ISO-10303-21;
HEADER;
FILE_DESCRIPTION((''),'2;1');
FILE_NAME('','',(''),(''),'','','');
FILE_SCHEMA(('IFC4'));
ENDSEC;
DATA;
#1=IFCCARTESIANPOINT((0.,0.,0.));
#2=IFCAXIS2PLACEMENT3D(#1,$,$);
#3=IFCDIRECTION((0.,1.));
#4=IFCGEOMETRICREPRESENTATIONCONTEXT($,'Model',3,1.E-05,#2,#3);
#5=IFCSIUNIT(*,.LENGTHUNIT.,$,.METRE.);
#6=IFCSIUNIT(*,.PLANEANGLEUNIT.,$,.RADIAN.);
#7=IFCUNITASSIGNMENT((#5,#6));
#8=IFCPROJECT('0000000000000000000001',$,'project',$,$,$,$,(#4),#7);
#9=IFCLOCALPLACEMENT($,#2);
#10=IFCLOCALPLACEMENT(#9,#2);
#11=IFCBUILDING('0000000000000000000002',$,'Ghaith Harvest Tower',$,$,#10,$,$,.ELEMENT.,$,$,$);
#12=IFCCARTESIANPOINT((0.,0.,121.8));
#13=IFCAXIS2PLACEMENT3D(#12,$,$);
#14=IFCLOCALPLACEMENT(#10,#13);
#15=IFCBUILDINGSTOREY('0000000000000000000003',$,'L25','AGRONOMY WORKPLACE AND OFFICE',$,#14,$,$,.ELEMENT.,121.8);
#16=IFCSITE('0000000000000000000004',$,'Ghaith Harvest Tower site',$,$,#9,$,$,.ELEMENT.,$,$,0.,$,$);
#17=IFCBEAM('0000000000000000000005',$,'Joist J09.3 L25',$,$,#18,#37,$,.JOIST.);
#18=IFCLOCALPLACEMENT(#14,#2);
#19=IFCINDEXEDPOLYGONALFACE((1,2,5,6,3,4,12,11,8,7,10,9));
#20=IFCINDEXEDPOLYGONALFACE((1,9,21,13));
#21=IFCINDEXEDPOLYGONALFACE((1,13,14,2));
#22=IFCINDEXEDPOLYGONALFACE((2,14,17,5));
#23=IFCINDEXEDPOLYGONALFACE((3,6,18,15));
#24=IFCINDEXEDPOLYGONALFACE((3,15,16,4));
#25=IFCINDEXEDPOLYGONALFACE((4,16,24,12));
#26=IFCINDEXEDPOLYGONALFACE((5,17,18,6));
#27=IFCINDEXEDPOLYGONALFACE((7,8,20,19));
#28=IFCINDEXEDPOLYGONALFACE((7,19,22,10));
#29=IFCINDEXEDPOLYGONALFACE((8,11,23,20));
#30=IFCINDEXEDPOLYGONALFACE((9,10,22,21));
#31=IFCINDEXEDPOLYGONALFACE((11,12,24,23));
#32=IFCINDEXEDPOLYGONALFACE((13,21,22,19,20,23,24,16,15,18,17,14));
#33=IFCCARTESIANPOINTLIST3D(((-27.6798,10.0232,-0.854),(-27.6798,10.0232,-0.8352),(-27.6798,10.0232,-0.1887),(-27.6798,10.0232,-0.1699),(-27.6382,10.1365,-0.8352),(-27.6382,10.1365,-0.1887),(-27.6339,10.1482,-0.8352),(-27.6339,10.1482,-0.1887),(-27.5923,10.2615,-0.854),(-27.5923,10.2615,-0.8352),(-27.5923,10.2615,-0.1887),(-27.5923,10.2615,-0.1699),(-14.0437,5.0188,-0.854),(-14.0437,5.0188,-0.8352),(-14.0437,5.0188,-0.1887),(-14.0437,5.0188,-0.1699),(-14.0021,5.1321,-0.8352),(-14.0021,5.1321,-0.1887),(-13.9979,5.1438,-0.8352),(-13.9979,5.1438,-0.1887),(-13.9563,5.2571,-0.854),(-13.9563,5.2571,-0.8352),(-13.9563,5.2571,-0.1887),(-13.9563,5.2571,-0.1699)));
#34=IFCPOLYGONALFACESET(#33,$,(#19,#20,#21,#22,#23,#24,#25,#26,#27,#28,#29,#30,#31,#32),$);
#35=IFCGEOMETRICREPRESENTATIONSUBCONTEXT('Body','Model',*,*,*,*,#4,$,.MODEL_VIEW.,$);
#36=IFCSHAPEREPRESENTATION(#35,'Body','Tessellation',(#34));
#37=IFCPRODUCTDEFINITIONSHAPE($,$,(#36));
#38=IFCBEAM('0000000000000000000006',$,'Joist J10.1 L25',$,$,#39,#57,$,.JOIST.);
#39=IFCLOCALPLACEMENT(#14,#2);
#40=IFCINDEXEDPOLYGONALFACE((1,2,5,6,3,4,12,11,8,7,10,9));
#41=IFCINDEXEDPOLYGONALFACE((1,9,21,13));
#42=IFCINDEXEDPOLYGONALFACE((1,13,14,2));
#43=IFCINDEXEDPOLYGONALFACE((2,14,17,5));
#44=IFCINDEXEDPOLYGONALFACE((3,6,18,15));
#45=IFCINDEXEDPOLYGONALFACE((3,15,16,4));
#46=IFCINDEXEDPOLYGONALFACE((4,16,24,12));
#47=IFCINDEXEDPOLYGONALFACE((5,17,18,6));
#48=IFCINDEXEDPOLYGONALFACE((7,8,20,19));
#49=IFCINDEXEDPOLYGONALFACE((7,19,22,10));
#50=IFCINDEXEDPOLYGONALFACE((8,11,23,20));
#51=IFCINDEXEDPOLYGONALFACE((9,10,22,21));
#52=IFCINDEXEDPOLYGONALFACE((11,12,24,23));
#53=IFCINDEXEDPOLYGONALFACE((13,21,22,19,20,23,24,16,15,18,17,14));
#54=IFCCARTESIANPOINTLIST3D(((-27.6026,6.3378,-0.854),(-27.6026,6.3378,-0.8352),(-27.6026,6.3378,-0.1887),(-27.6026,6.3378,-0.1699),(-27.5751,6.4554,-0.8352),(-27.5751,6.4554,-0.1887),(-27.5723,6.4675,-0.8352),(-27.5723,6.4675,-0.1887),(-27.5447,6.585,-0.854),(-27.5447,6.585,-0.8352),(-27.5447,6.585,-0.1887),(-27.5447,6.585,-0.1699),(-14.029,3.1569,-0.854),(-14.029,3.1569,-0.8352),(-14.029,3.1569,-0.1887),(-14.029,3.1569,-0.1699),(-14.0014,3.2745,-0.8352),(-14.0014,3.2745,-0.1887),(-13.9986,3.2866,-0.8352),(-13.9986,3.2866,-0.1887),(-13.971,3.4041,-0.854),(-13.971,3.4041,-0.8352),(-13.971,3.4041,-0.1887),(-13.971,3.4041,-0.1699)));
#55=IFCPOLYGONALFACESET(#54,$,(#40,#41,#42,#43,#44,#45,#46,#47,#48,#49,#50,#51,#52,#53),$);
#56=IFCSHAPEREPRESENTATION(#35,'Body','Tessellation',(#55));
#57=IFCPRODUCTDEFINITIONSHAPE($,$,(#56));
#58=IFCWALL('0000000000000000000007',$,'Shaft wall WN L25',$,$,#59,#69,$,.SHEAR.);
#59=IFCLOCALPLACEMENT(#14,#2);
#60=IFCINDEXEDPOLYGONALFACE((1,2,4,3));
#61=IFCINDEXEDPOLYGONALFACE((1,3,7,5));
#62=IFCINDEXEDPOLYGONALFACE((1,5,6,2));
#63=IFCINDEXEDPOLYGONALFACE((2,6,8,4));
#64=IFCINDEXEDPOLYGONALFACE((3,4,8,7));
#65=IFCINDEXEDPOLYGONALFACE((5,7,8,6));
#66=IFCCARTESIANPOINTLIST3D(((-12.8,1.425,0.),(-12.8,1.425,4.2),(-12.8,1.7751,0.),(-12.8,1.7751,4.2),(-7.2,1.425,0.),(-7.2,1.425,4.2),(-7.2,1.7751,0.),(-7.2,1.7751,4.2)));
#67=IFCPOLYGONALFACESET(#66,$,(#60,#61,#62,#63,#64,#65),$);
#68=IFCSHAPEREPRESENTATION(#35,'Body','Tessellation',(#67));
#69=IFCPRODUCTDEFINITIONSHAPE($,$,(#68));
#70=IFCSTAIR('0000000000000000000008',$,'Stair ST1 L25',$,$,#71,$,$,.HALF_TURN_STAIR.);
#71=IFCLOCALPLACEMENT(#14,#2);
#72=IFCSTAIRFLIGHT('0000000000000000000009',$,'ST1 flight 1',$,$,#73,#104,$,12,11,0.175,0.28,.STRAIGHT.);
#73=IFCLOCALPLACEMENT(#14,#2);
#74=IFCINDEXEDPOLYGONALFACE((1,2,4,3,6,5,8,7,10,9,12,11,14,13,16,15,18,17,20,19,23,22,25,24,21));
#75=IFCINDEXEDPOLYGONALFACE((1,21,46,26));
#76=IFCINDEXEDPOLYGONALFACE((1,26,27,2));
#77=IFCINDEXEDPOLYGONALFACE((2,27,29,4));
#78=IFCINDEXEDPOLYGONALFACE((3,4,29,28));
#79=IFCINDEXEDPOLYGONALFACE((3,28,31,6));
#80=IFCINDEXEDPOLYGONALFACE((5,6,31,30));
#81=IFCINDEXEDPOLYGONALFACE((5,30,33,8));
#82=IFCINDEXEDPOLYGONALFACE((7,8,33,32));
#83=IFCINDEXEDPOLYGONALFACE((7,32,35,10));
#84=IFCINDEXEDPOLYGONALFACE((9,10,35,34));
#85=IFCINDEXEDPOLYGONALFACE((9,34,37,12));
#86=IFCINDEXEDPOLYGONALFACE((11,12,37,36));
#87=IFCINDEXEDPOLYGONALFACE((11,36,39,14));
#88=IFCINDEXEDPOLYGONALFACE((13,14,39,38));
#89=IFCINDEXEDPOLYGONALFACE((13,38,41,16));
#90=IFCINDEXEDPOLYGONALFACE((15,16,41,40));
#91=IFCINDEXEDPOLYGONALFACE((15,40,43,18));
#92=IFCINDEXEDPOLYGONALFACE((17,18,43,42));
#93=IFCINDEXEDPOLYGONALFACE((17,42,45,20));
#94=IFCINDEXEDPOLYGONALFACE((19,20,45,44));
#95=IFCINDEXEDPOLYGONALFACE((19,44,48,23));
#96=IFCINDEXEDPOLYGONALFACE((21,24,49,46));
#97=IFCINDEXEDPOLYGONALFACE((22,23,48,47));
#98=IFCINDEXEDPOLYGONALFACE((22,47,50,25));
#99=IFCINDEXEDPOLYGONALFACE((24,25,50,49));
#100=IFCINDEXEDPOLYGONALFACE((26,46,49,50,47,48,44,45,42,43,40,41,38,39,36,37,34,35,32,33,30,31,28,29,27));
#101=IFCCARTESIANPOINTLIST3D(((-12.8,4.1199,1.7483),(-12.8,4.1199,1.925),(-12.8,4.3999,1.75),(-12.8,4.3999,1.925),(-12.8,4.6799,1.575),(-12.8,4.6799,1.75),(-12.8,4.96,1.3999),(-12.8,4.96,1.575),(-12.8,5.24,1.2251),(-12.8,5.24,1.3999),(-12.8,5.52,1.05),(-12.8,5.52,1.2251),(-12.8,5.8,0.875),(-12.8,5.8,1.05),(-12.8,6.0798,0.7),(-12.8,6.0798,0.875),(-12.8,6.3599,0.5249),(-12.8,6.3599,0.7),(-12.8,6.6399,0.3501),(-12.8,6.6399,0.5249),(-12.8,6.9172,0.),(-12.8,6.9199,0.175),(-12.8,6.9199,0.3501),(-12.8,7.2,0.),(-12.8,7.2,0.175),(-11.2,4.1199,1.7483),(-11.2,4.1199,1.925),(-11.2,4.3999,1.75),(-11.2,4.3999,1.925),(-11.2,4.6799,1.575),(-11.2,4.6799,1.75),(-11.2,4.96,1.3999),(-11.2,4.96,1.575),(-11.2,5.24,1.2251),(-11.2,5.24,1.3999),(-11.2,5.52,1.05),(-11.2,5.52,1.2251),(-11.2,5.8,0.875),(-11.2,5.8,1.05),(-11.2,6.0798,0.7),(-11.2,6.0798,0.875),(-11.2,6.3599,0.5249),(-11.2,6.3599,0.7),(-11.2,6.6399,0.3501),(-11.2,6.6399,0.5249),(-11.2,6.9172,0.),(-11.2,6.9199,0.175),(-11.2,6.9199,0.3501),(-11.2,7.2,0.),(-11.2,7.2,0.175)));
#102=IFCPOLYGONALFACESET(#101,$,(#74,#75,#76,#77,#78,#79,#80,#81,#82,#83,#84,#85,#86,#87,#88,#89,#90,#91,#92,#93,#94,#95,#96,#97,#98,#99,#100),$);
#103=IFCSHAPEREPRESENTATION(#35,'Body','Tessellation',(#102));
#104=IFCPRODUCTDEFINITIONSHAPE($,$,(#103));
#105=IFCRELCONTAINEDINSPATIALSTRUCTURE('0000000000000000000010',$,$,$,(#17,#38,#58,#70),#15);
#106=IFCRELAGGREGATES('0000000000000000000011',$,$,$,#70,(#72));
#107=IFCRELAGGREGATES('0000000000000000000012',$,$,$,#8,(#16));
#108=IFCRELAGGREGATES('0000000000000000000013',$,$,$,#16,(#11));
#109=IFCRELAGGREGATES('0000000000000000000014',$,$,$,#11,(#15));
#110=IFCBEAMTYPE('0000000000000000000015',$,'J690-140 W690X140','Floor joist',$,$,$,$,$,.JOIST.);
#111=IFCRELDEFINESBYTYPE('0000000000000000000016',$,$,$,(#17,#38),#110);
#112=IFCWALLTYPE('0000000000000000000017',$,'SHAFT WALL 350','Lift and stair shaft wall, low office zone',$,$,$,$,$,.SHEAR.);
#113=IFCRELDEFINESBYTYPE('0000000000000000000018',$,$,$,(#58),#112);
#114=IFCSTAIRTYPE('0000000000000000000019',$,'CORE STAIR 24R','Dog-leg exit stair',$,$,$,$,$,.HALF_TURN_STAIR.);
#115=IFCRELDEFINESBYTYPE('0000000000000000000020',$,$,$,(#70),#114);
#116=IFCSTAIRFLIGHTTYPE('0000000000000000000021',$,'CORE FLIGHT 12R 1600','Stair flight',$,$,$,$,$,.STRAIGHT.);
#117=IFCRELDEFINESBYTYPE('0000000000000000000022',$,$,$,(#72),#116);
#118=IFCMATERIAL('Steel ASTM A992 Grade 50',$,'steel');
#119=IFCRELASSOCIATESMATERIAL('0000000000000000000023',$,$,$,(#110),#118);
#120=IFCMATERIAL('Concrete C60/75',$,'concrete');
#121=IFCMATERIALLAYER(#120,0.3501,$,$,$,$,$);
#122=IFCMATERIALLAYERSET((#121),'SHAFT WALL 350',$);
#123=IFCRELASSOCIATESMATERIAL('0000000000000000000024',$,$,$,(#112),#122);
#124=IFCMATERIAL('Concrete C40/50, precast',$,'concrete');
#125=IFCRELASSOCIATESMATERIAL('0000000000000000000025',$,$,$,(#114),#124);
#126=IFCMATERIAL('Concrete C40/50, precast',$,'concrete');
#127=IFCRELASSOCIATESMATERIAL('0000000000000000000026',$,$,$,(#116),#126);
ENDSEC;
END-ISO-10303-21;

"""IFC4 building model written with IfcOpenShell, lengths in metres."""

from ifc_helpers import new_model, si_unit, direction, frame, frame_2d, origin, origin_2d, place, context, subcontext, project, spatial, polyline, rectangle, i_section, outline, extrude, material, layer, layer_set, material_profile, profile_set, type_object, element, aggregate, save


model = new_model("IFC4")

# Units and contexts
model_context = context("Model", 3, precision=1e-05, world=origin(), true_north=direction((0.0, 1.0)))
body_context = subcontext(model_context, "Body", "Model", "MODEL_VIEW")
ifc_project = project(units=[si_unit("LENGTHUNIT", "METRE"), si_unit("PLANEANGLEUNIT", "RADIAN")], contexts=[model_context])

# Site, building, storey
site_placement = place(None, origin())
site = spatial("IfcSite", under=ifc_project, at=site_placement, Name="Ghaith Harvest Tower site", CompositionType="ELEMENT", RefElevation=0.0)
building_placement = place(site_placement, origin())
building = spatial("IfcBuilding", under=site, at=building_placement, Name="Ghaith Harvest Tower", CompositionType="ELEMENT")
storey_placement = place(building_placement, frame((0.0, 0.0, 121.8)))
storey = spatial("IfcBuildingStorey", under=building, at=storey_placement, Name="L25", Description="AGRONOMY WORKPLACE AND OFFICE", CompositionType="ELEMENT", Elevation=121.8)

# Beams
ifc_material_1 = material(Name="Steel ASTM A992 Grade 50", Category="steel")
ifc_material_profile_1 = material_profile(ifc_material_1, i_section(OverallWidth=0.2539, OverallDepth=0.6841, WebThickness=0.0125, FlangeThickness=0.0188, at=origin_2d()), Name="W690X140")
ifc_profile_set_1 = profile_set([ifc_material_profile_1], Name="Steel ASTM A992 Grade 50")
beam_type_1 = type_object("IfcBeamType", Name="J690-140 W690X140", Description="Floor joist", PredefinedType="JOIST", material=ifc_profile_set_1)
beam_1_placement = place(storey_placement, frame((-14.0, 5.1379, -0.512), z_axis=(-0.938775, 0.34453, 0.0), x_axis=(-0.34453, -0.938775, 0.0)))
element("IfcBeam", 1, at=beam_1_placement, inside=storey, type_object=beam_type_1, Name="Joist J09.3 L25", PredefinedType="JOIST", context=body_context, shape_type="SweptSolid", body=[
    extrude(i_section(OverallWidth=0.2539, OverallDepth=0.6841, WebThickness=0.0125, FlangeThickness=0.0188, at=origin_2d()), origin(), (0.0, 0.0, 1.0), 14.5254),
])
beam_2_placement = place(storey_placement, frame((-14.0, 3.2805, -0.512), z_axis=(-0.973623, 0.228162, 0.0), x_axis=(-0.228162, -0.973623, 0.0)))
element("IfcBeam", 2, at=beam_2_placement, inside=storey, type_object=beam_type_1, Name="Joist J10.1 L25", PredefinedType="JOIST", context=body_context, shape_type="SweptSolid", body=[
    extrude(i_section(OverallWidth=0.2539, OverallDepth=0.6841, WebThickness=0.0125, FlangeThickness=0.0188, at=origin_2d()), origin(), (0.0, 0.0, 1.0), 13.9414),
])

# Wall
ifc_material_2 = material(Name="Concrete C60/75", Category="concrete")
ifc_layer_1 = layer(ifc_material_2, 0.3501)
ifc_layer_set_1 = layer_set([ifc_layer_1], Name="SHAFT WALL 350")
wall_type_1 = type_object("IfcWallType", Name="SHAFT WALL 350", Description="Lift and stair shaft wall, low office zone", PredefinedType="SHEAR", material=ifc_layer_set_1)
wall_1_placement = place(storey_placement, frame((-12.8, 1.6001, 0.0), z_axis=(0.0, 0.0, 1.0), x_axis=(1.0, 0.0, 0.0)))
element("IfcWall", 3, at=wall_1_placement, inside=storey, type_object=wall_type_1, Name="Shaft wall WN L25", PredefinedType="SHEAR", context=body_context, shape_type="SweptSolid", body=[
    extrude(rectangle(XDim=5.6001, YDim=0.3501, at=frame_2d((2.8, 0.0))), origin(), (0.0, 0.0, 1.0), 4.2),
])

# Stair, stair flight
ifc_material_3 = material(Name="Concrete C40/50, precast", Category="concrete")
stair_type = type_object("IfcStairType", Name="CORE STAIR 24R", Description="Dog-leg exit stair", PredefinedType="HALF_TURN_STAIR", material=ifc_material_3)
stair_placement = place(storey_placement, origin())
stair = element("IfcStair", 4, at=stair_placement, inside=storey, type_object=stair_type, Name="Stair ST1 L25", PredefinedType="HALF_TURN_STAIR")
ifc_material_4 = material(Name="Concrete C40/50, precast", Category="concrete")
stair_flight_type = type_object("IfcStairFlightType", Name="CORE FLIGHT 12R 1600", Description="Stair flight", PredefinedType="STRAIGHT", material=ifc_material_4)
stair_flight_placement = place(storey_placement, frame((-12.0, 7.2, 0.0), z_axis=(0.0, 0.0, 1.0), x_axis=(0.0, -1.0, 0.0)))
stair_flight = element("IfcStairFlight", 5, at=stair_flight_placement, type_object=stair_flight_type, Name="ST1 flight 1", NumberOfRisers=12, NumberOfTreads=11, PredefinedType="STRAIGHT", RiserHeight=0.175, TreadLength=0.28, context=body_context, shape_type="SweptSolid", body=[
    extrude(outline(polyline([(0.0, 0.0), (0.0, 0.175), (0.28, 0.175), (0.28, 0.3501), (0.5601, 0.3501), (0.5601, 0.5249), (0.8401, 0.5249), (0.8401, 0.7), (1.1201, 0.7), (1.1201, 0.875), (1.3999, 0.875), (1.3999, 1.05), (1.6799, 1.05), (1.6799, 1.2251), (1.96, 1.2251), (1.96, 1.3999), (2.24, 1.3999), (2.24, 1.575), (2.52, 1.575), (2.52, 1.75), (2.8, 1.75), (2.8, 1.925), (3.0801, 1.925), (3.0801, 2.1001), (3.0801, 1.7483), (0.2827, 0.0), (0.0, 0.0)])), frame((0.0, 0.8, 0.0), z_axis=(0.0, -1.0, 0.0), x_axis=(1.0, 0.0, 0.0)), (0.0, 0.0, 1.0), 1.6001),
])
aggregate(stair, [stair_flight])

save(model, "model.ifc")
